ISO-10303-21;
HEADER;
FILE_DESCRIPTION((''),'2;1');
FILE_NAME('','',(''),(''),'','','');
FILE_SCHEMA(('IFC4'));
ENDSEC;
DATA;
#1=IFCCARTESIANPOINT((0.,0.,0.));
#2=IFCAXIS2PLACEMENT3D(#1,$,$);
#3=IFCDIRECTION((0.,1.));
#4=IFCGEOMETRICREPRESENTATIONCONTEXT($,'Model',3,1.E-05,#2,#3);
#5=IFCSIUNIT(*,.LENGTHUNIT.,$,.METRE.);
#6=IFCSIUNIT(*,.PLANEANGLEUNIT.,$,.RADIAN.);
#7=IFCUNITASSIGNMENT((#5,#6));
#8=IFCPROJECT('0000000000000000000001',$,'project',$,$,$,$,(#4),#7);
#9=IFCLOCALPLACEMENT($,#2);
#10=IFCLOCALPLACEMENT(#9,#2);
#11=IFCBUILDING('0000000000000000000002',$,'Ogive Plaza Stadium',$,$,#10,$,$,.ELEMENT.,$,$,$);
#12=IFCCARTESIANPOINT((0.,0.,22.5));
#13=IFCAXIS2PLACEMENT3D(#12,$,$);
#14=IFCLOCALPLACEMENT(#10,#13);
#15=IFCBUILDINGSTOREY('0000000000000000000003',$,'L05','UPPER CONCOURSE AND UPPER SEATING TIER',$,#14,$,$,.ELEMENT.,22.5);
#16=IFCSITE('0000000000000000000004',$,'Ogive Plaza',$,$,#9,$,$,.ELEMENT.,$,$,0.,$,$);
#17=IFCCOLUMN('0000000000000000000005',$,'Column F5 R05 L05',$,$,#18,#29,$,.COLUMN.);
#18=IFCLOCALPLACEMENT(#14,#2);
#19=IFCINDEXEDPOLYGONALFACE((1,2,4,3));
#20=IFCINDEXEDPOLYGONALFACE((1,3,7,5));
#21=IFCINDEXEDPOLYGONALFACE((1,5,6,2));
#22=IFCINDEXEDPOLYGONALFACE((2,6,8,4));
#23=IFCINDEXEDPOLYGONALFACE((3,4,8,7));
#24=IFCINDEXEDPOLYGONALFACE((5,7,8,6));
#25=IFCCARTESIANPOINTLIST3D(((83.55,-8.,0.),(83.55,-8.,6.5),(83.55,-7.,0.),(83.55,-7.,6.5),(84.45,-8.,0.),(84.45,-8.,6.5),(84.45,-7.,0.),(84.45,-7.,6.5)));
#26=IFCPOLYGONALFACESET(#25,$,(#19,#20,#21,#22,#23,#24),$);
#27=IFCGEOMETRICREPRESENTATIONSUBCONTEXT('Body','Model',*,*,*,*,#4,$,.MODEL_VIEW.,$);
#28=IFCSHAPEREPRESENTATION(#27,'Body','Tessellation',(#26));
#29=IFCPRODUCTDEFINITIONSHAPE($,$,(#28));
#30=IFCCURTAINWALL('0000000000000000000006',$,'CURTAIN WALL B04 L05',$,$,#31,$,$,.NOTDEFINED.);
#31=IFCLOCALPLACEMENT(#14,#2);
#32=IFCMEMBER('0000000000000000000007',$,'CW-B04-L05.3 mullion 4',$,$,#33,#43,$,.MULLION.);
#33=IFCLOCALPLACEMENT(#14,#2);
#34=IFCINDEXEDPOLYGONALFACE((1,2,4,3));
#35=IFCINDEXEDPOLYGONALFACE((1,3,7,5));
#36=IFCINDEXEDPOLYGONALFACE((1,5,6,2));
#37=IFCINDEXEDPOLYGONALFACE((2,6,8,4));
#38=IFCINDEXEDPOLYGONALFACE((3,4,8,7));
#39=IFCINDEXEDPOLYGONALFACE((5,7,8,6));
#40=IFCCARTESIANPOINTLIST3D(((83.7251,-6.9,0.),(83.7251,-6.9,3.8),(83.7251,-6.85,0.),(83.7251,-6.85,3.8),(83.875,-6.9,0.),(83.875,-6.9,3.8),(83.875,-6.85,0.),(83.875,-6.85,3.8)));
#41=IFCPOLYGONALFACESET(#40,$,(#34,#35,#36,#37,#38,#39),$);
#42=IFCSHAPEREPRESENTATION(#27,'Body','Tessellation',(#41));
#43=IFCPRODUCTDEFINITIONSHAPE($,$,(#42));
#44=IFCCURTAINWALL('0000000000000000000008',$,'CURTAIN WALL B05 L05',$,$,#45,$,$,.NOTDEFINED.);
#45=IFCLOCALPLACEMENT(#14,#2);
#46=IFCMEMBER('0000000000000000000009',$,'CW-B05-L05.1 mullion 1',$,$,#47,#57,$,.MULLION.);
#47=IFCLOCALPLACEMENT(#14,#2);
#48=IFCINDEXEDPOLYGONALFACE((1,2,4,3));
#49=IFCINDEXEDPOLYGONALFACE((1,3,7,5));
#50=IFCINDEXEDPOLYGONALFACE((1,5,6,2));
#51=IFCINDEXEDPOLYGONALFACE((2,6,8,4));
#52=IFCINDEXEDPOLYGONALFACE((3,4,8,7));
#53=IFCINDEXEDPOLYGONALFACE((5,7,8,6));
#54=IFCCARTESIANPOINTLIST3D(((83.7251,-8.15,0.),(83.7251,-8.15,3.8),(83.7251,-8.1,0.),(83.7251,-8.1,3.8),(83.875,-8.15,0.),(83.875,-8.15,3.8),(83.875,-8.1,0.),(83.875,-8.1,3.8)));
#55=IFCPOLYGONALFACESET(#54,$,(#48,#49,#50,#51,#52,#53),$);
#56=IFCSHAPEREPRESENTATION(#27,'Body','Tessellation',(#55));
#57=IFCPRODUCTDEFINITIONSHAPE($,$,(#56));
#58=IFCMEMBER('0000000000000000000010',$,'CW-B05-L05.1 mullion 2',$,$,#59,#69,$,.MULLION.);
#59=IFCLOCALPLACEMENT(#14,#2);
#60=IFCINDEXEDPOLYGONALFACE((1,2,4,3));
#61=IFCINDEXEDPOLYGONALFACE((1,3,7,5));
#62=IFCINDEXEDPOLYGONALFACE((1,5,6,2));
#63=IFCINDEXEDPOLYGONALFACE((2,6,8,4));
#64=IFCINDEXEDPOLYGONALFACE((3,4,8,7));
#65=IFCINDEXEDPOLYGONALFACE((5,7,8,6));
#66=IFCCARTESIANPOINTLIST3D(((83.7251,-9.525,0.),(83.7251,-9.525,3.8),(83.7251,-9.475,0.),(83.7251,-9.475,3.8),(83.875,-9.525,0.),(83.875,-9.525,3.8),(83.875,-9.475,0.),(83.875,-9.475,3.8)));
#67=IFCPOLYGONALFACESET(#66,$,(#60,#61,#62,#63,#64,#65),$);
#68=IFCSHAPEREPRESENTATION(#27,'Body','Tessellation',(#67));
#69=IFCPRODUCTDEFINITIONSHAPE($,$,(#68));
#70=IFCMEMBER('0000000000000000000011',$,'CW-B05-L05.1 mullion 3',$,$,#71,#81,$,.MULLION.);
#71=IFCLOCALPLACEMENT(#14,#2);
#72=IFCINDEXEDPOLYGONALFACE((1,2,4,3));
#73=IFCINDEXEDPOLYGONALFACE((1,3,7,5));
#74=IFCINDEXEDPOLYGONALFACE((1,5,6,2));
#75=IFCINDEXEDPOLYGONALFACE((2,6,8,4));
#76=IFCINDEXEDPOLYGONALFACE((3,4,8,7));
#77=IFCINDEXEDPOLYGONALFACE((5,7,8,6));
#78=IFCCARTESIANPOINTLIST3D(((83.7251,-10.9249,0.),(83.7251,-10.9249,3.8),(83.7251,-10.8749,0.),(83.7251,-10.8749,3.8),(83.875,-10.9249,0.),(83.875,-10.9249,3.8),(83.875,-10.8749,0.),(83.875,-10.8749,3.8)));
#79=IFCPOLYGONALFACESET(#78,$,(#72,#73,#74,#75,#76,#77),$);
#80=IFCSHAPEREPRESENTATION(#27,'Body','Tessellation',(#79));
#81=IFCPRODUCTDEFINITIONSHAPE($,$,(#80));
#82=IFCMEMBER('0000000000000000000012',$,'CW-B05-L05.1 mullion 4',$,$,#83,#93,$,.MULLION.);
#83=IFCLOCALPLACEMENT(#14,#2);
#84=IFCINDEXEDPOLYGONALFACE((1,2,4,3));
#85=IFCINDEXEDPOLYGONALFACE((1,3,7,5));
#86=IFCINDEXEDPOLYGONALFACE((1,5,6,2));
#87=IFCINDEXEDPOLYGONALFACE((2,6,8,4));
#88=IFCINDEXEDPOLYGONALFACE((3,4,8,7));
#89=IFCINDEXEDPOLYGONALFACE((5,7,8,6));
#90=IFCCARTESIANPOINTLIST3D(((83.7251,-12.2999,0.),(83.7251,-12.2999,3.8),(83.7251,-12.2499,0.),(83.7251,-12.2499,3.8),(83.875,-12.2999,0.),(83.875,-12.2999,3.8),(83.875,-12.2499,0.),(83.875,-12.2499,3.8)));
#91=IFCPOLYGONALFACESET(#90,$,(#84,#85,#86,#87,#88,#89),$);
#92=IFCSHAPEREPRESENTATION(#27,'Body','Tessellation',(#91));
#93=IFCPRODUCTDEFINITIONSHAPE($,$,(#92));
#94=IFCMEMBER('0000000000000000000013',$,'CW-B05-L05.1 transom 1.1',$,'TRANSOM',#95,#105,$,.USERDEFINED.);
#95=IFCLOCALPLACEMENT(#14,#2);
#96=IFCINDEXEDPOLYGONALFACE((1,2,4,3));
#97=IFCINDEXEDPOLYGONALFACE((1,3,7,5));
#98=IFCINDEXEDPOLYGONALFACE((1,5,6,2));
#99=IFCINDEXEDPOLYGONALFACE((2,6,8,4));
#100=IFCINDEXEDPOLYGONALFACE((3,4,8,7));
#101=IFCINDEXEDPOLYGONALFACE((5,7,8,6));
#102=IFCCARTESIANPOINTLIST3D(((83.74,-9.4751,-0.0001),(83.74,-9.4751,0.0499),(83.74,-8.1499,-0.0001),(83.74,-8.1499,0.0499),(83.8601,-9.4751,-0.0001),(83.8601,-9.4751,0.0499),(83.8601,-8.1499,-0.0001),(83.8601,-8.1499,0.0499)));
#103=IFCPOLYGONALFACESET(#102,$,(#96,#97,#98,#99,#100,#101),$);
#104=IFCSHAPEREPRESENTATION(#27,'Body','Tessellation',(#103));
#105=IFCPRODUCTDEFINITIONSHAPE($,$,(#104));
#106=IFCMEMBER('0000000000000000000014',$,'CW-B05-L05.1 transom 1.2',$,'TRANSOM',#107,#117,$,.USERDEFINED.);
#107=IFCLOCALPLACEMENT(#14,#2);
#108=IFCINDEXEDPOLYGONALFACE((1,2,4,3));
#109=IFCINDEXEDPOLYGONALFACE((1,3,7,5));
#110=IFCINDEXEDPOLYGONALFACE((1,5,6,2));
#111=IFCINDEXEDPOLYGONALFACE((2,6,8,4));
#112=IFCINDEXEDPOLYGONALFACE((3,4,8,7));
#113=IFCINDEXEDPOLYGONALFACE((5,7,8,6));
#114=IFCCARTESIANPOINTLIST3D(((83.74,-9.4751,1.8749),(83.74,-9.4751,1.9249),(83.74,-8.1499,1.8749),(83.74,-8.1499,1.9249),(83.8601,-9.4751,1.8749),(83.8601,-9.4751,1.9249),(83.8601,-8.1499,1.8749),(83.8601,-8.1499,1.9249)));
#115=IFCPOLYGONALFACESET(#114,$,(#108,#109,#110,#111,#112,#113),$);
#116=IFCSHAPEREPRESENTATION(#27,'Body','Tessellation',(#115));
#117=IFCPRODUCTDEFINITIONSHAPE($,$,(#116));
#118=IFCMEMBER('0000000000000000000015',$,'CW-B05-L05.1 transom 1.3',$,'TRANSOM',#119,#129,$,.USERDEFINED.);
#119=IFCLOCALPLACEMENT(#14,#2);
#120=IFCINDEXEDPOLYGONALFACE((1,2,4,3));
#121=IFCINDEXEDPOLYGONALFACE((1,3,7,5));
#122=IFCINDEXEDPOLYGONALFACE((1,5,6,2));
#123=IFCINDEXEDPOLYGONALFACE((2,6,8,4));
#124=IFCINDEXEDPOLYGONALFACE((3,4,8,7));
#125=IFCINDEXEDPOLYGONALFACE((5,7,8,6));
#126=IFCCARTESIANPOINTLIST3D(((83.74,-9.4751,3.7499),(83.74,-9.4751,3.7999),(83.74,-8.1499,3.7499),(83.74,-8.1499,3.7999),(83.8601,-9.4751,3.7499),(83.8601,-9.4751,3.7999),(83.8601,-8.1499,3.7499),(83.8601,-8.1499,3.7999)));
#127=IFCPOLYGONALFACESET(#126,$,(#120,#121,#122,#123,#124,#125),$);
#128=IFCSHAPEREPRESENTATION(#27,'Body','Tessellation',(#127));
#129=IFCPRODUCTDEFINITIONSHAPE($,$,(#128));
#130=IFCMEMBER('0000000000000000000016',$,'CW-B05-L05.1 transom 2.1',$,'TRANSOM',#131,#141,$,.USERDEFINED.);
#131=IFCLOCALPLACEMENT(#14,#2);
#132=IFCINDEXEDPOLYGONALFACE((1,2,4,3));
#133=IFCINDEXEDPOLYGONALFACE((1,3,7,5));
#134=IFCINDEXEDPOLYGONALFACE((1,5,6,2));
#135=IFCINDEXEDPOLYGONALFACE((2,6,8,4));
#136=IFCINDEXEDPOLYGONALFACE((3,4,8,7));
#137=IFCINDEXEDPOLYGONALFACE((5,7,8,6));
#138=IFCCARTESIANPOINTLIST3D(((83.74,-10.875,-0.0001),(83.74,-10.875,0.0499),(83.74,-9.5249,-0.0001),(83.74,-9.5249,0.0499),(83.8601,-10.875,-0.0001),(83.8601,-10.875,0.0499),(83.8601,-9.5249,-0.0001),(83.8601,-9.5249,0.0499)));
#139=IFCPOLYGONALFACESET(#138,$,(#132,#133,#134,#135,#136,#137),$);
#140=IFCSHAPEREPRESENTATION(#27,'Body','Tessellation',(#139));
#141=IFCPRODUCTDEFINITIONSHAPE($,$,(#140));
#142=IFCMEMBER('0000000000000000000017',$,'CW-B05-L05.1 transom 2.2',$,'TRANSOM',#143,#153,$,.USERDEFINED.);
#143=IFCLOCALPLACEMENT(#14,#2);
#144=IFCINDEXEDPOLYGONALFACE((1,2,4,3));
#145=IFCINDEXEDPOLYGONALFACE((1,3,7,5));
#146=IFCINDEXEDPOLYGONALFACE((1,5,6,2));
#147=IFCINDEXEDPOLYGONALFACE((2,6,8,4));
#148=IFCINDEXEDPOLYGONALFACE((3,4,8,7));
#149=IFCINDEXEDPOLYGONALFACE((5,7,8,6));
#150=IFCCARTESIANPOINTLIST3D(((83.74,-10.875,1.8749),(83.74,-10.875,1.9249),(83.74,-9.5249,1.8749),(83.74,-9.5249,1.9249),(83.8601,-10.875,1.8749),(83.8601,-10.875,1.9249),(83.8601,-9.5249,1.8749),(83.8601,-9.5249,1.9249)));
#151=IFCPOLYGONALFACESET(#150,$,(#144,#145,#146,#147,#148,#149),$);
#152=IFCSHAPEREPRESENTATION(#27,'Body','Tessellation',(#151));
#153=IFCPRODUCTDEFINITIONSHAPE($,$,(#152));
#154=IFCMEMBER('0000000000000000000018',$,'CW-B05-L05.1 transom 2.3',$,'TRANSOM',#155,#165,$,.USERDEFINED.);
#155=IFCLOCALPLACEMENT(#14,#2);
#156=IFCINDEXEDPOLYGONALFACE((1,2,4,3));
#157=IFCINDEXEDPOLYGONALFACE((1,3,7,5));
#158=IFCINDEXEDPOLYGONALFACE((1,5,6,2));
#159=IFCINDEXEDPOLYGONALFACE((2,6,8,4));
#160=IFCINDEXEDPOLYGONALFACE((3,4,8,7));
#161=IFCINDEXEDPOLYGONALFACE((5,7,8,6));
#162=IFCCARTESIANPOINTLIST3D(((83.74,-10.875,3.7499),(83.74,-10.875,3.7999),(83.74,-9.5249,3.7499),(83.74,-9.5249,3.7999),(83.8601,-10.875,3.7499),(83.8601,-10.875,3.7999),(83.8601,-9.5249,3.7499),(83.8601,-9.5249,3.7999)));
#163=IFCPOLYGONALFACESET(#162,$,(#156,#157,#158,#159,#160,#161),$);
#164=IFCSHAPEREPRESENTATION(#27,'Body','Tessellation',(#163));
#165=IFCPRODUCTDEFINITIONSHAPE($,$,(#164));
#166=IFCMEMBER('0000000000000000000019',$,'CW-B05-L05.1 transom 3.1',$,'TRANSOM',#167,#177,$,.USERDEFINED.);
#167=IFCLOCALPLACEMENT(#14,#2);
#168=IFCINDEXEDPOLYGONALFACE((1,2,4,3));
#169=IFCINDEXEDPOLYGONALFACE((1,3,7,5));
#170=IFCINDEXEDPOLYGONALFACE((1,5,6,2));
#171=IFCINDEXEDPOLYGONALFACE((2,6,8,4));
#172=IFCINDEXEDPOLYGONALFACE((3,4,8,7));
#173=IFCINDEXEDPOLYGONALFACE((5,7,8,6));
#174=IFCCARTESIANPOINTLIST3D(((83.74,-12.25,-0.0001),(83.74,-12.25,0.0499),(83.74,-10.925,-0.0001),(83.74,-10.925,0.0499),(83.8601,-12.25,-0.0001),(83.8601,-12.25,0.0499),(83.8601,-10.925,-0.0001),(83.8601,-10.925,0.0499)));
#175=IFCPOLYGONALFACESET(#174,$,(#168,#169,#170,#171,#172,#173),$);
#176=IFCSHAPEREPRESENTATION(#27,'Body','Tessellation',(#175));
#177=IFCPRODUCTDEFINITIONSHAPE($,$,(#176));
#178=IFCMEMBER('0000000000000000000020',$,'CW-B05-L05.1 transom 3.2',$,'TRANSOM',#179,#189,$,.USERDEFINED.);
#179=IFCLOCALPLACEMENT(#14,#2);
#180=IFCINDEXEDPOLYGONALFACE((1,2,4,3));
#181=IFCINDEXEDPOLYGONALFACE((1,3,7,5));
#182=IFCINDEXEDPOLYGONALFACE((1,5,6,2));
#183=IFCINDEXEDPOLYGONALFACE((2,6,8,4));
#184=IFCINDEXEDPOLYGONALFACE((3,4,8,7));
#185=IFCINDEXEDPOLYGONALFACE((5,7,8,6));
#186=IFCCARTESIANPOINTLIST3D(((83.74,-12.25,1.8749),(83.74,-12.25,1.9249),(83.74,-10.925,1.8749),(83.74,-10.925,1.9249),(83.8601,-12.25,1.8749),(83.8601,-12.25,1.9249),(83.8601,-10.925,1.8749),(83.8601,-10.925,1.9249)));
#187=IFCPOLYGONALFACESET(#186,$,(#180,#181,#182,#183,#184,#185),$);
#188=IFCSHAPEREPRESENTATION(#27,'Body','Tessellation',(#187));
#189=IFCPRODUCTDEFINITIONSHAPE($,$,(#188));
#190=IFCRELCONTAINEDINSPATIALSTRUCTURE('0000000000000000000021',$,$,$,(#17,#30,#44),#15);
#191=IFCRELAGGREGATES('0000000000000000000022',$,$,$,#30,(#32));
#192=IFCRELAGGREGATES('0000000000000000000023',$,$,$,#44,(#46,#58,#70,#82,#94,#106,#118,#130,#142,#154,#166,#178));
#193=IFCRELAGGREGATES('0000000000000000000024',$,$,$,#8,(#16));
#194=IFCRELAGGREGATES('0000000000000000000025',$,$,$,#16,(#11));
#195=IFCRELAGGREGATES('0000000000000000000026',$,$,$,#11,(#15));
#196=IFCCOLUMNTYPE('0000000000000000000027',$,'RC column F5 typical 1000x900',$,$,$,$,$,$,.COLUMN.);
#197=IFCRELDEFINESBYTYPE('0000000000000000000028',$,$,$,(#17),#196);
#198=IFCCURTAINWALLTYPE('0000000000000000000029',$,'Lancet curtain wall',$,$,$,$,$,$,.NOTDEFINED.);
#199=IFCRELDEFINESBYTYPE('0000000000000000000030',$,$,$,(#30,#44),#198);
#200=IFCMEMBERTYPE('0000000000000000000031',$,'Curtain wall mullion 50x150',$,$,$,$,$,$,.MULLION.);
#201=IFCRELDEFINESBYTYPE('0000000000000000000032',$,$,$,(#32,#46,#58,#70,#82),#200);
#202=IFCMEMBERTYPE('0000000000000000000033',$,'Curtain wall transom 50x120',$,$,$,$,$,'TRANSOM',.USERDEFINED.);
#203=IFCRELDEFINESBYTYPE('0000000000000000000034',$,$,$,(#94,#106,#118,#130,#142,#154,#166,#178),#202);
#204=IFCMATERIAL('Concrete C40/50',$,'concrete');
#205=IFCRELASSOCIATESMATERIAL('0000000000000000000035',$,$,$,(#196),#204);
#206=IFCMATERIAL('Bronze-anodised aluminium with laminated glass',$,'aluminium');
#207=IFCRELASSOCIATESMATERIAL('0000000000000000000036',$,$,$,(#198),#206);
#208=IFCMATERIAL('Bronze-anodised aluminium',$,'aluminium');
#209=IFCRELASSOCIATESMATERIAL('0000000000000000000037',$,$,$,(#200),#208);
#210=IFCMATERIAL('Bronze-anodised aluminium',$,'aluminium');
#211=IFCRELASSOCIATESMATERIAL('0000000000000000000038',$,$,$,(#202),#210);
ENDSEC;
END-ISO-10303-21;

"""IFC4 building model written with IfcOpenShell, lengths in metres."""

from ifc_helpers import new_model, si_unit, direction, frame, origin, origin_2d, place, context, subcontext, project, spatial, rectangle, extrude, material, material_profile, profile_set, type_object, element, aggregate, save


model = new_model("IFC4")

# Units and contexts
model_context = context("Model", 3, precision=1e-05, world=origin(), true_north=direction((0.0, 1.0)))
body_context = subcontext(model_context, "Body", "Model", "MODEL_VIEW")
ifc_project = project(units=[si_unit("LENGTHUNIT", "METRE"), si_unit("PLANEANGLEUNIT", "RADIAN")], contexts=[model_context])

# Site, building, storey
site_placement = place(None, origin())
site = spatial("IfcSite", under=ifc_project, at=site_placement, Name="Ogive Plaza", CompositionType="ELEMENT", RefElevation=0.0)
building_placement = place(site_placement, origin())
building = spatial("IfcBuilding", under=site, at=building_placement, Name="Ogive Plaza Stadium", CompositionType="ELEMENT")
storey_placement = place(building_placement, frame((0.0, 0.0, 22.5)))
storey = spatial("IfcBuildingStorey", under=building, at=storey_placement, Name="L05", Description="UPPER CONCOURSE AND UPPER SEATING TIER", CompositionType="ELEMENT", Elevation=22.5)

# Column
ifc_material_1 = material(Name="Concrete C40/50", Category="concrete")
ifc_material_profile_1 = material_profile(ifc_material_1, rectangle(XDim=1.0, YDim=0.8999, at=origin_2d()), Name="RC 1000x900")
ifc_profile_set_1 = profile_set([ifc_material_profile_1], Name="Concrete C40/50")
column_type = type_object("IfcColumnType", Name="RC column F5 typical 1000x900", PredefinedType="COLUMN", material=ifc_profile_set_1)
column_placement = place(storey_placement, frame((84.0, -7.5, 0.0), z_axis=(0.0, 0.0, 1.0), x_axis=(0.0, 1.0, 0.0)))
element("IfcColumn", 1, at=column_placement, inside=storey, type_object=column_type, Name="Column F5 R05 L05", PredefinedType="COLUMN", context=body_context, shape_type="SweptSolid", body=[
    extrude(rectangle(XDim=1.0, YDim=0.8999, at=origin_2d()), origin(), (0.0, 0.0, 1.0), 6.5),
])

# Curtain wall, member
ifc_material_2 = material(Name="Bronze-anodised aluminium with laminated glass", Category="aluminium")
curtain_wall_type = type_object("IfcCurtainWallType", Name="Lancet curtain wall", PredefinedType="NOTDEFINED", material=ifc_material_2)
curtain_wall_1_placement = place(storey_placement, origin())
curtain_wall_1 = element("IfcCurtainWall", 2, at=curtain_wall_1_placement, inside=storey, type_object=curtain_wall_type, Name="CURTAIN WALL B04 L05", PredefinedType="NOTDEFINED")
ifc_material_3 = material(Name="Bronze-anodised aluminium", Category="aluminium")
ifc_material_profile_2 = material_profile(ifc_material_3, rectangle(XDim=0.1499, YDim=0.05, at=origin_2d()), Name="AL 150x50")
ifc_profile_set_2 = profile_set([ifc_material_profile_2], Name="Bronze-anodised aluminium")
member_type_1 = type_object("IfcMemberType", Name="Curtain wall mullion 50x150", PredefinedType="MULLION", material=ifc_profile_set_2)
member_1_placement = place(storey_placement, frame((83.8, -6.875, 0.0), z_axis=(0.0, 0.0, 1.0), x_axis=(1.0, 0.0, 0.0)))
member_1 = element("IfcMember", 3, at=member_1_placement, type_object=member_type_1, Name="CW-B04-L05.3 mullion 4", PredefinedType="MULLION", context=body_context, shape_type="SweptSolid", body=[
    extrude(rectangle(XDim=0.1499, YDim=0.05, at=origin_2d()), origin(), (0.0, 0.0, 1.0), 3.8),
])
aggregate(curtain_wall_1, [member_1])

# Curtain wall, members
curtain_wall_2_placement = place(storey_placement, origin())
curtain_wall_2 = element("IfcCurtainWall", 4, at=curtain_wall_2_placement, inside=storey, type_object=curtain_wall_type, Name="CURTAIN WALL B05 L05", PredefinedType="NOTDEFINED")
member_2_placement = place(storey_placement, frame((83.8, -8.125, 0.0), z_axis=(0.0, 0.0, 1.0), x_axis=(1.0, 0.0, 0.0)))
member_2 = element("IfcMember", 5, at=member_2_placement, type_object=member_type_1, Name="CW-B05-L05.1 mullion 1", PredefinedType="MULLION", context=body_context, shape_type="SweptSolid", body=[
    extrude(rectangle(XDim=0.1499, YDim=0.05, at=origin_2d()), origin(), (0.0, 0.0, 1.0), 3.8),
])
member_3_placement = place(storey_placement, frame((83.8, -9.5, 0.0), z_axis=(0.0, 0.0, 1.0), x_axis=(1.0, 0.0, 0.0)))
member_3 = element("IfcMember", 6, at=member_3_placement, type_object=member_type_1, Name="CW-B05-L05.1 mullion 2", PredefinedType="MULLION", context=body_context, shape_type="SweptSolid", body=[
    extrude(rectangle(XDim=0.1499, YDim=0.05, at=origin_2d()), origin(), (0.0, 0.0, 1.0), 3.8),
])
member_4_placement = place(storey_placement, frame((83.8, -10.8999, 0.0), z_axis=(0.0, 0.0, 1.0), x_axis=(1.0, 0.0, 0.0)))
member_4 = element("IfcMember", 7, at=member_4_placement, type_object=member_type_1, Name="CW-B05-L05.1 mullion 3", PredefinedType="MULLION", context=body_context, shape_type="SweptSolid", body=[
    extrude(rectangle(XDim=0.1499, YDim=0.05, at=origin_2d()), origin(), (0.0, 0.0, 1.0), 3.8),
])
member_5_placement = place(storey_placement, frame((83.8, -12.2749, 0.0), z_axis=(0.0, 0.0, 1.0), x_axis=(1.0, 0.0, 0.0)))
member_5 = element("IfcMember", 8, at=member_5_placement, type_object=member_type_1, Name="CW-B05-L05.1 mullion 4", PredefinedType="MULLION", context=body_context, shape_type="SweptSolid", body=[
    extrude(rectangle(XDim=0.1499, YDim=0.05, at=origin_2d()), origin(), (0.0, 0.0, 1.0), 3.8),
])
ifc_material_4 = material(Name="Bronze-anodised aluminium", Category="aluminium")
ifc_material_profile_3 = material_profile(ifc_material_4, rectangle(XDim=0.1201, YDim=0.05, at=origin_2d()), Name="AL 120x50")
ifc_profile_set_3 = profile_set([ifc_material_profile_3], Name="Bronze-anodised aluminium")
member_type_2 = type_object("IfcMemberType", Name="Curtain wall transom 50x120", ElementType="TRANSOM", PredefinedType="USERDEFINED", material=ifc_profile_set_3)
member_6_placement = place(storey_placement, frame((83.8, -8.1499, 0.0249), z_axis=(0.0, -1.0, 0.0), x_axis=(1.0, 0.0, 0.0)))
member_6 = element("IfcMember", 9, at=member_6_placement, type_object=member_type_2, Name="CW-B05-L05.1 transom 1.1", ObjectType="TRANSOM", PredefinedType="USERDEFINED", context=body_context, shape_type="SweptSolid", body=[
    extrude(rectangle(XDim=0.1201, YDim=0.05, at=origin_2d()), origin(), (0.0, 0.0, 1.0), 1.3252),
])
member_7_placement = place(storey_placement, frame((83.8, -8.1499, 1.8999), z_axis=(0.0, -1.0, 0.0), x_axis=(1.0, 0.0, 0.0)))
member_7 = element("IfcMember", 10, at=member_7_placement, type_object=member_type_2, Name="CW-B05-L05.1 transom 1.2", ObjectType="TRANSOM", PredefinedType="USERDEFINED", context=body_context, shape_type="SweptSolid", body=[
    extrude(rectangle(XDim=0.1201, YDim=0.05, at=origin_2d()), origin(), (0.0, 0.0, 1.0), 1.3252),
])
member_8_placement = place(storey_placement, frame((83.8, -8.1499, 3.7749), z_axis=(0.0, -1.0, 0.0), x_axis=(1.0, 0.0, 0.0)))
member_8 = element("IfcMember", 11, at=member_8_placement, type_object=member_type_2, Name="CW-B05-L05.1 transom 1.3", ObjectType="TRANSOM", PredefinedType="USERDEFINED", context=body_context, shape_type="SweptSolid", body=[
    extrude(rectangle(XDim=0.1201, YDim=0.05, at=origin_2d()), origin(), (0.0, 0.0, 1.0), 1.3252),
])
member_9_placement = place(storey_placement, frame((83.8, -9.5249, 0.0249), z_axis=(0.0, -1.0, 0.0), x_axis=(1.0, 0.0, 0.0)))
member_9 = element("IfcMember", 12, at=member_9_placement, type_object=member_type_2, Name="CW-B05-L05.1 transom 2.1", ObjectType="TRANSOM", PredefinedType="USERDEFINED", context=body_context, shape_type="SweptSolid", body=[
    extrude(rectangle(XDim=0.1201, YDim=0.05, at=origin_2d()), origin(), (0.0, 0.0, 1.0), 1.3501),
])
member_10_placement = place(storey_placement, frame((83.8, -9.5249, 1.8999), z_axis=(0.0, -1.0, 0.0), x_axis=(1.0, 0.0, 0.0)))
member_10 = element("IfcMember", 13, at=member_10_placement, type_object=member_type_2, Name="CW-B05-L05.1 transom 2.2", ObjectType="TRANSOM", PredefinedType="USERDEFINED", context=body_context, shape_type="SweptSolid", body=[
    extrude(rectangle(XDim=0.1201, YDim=0.05, at=origin_2d()), origin(), (0.0, 0.0, 1.0), 1.3501),
])
member_11_placement = place(storey_placement, frame((83.8, -9.5249, 3.7749), z_axis=(0.0, -1.0, 0.0), x_axis=(1.0, 0.0, 0.0)))
member_11 = element("IfcMember", 14, at=member_11_placement, type_object=member_type_2, Name="CW-B05-L05.1 transom 2.3", ObjectType="TRANSOM", PredefinedType="USERDEFINED", context=body_context, shape_type="SweptSolid", body=[
    extrude(rectangle(XDim=0.1201, YDim=0.05, at=origin_2d()), origin(), (0.0, 0.0, 1.0), 1.3501),
])
member_12_placement = place(storey_placement, frame((83.8, -10.925, 0.0249), z_axis=(0.0, -1.0, 0.0), x_axis=(1.0, 0.0, 0.0)))
member_12 = element("IfcMember", 15, at=member_12_placement, type_object=member_type_2, Name="CW-B05-L05.1 transom 3.1", ObjectType="TRANSOM", PredefinedType="USERDEFINED", context=body_context, shape_type="SweptSolid", body=[
    extrude(rectangle(XDim=0.1201, YDim=0.05, at=origin_2d()), origin(), (0.0, 0.0, 1.0), 1.325),
])
member_13_placement = place(storey_placement, frame((83.8, -10.925, 1.8999), z_axis=(0.0, -1.0, 0.0), x_axis=(1.0, 0.0, 0.0)))
member_13 = element("IfcMember", 16, at=member_13_placement, type_object=member_type_2, Name="CW-B05-L05.1 transom 3.2", ObjectType="TRANSOM", PredefinedType="USERDEFINED", context=body_context, shape_type="SweptSolid", body=[
    extrude(rectangle(XDim=0.1201, YDim=0.05, at=origin_2d()), origin(), (0.0, 0.0, 1.0), 1.325),
])

aggregate(curtain_wall_2, [member_2, member_3, member_4, member_5, member_6, member_7, member_8, member_9, member_10, member_11, member_12, member_13])

save(model, "model.ifc")
